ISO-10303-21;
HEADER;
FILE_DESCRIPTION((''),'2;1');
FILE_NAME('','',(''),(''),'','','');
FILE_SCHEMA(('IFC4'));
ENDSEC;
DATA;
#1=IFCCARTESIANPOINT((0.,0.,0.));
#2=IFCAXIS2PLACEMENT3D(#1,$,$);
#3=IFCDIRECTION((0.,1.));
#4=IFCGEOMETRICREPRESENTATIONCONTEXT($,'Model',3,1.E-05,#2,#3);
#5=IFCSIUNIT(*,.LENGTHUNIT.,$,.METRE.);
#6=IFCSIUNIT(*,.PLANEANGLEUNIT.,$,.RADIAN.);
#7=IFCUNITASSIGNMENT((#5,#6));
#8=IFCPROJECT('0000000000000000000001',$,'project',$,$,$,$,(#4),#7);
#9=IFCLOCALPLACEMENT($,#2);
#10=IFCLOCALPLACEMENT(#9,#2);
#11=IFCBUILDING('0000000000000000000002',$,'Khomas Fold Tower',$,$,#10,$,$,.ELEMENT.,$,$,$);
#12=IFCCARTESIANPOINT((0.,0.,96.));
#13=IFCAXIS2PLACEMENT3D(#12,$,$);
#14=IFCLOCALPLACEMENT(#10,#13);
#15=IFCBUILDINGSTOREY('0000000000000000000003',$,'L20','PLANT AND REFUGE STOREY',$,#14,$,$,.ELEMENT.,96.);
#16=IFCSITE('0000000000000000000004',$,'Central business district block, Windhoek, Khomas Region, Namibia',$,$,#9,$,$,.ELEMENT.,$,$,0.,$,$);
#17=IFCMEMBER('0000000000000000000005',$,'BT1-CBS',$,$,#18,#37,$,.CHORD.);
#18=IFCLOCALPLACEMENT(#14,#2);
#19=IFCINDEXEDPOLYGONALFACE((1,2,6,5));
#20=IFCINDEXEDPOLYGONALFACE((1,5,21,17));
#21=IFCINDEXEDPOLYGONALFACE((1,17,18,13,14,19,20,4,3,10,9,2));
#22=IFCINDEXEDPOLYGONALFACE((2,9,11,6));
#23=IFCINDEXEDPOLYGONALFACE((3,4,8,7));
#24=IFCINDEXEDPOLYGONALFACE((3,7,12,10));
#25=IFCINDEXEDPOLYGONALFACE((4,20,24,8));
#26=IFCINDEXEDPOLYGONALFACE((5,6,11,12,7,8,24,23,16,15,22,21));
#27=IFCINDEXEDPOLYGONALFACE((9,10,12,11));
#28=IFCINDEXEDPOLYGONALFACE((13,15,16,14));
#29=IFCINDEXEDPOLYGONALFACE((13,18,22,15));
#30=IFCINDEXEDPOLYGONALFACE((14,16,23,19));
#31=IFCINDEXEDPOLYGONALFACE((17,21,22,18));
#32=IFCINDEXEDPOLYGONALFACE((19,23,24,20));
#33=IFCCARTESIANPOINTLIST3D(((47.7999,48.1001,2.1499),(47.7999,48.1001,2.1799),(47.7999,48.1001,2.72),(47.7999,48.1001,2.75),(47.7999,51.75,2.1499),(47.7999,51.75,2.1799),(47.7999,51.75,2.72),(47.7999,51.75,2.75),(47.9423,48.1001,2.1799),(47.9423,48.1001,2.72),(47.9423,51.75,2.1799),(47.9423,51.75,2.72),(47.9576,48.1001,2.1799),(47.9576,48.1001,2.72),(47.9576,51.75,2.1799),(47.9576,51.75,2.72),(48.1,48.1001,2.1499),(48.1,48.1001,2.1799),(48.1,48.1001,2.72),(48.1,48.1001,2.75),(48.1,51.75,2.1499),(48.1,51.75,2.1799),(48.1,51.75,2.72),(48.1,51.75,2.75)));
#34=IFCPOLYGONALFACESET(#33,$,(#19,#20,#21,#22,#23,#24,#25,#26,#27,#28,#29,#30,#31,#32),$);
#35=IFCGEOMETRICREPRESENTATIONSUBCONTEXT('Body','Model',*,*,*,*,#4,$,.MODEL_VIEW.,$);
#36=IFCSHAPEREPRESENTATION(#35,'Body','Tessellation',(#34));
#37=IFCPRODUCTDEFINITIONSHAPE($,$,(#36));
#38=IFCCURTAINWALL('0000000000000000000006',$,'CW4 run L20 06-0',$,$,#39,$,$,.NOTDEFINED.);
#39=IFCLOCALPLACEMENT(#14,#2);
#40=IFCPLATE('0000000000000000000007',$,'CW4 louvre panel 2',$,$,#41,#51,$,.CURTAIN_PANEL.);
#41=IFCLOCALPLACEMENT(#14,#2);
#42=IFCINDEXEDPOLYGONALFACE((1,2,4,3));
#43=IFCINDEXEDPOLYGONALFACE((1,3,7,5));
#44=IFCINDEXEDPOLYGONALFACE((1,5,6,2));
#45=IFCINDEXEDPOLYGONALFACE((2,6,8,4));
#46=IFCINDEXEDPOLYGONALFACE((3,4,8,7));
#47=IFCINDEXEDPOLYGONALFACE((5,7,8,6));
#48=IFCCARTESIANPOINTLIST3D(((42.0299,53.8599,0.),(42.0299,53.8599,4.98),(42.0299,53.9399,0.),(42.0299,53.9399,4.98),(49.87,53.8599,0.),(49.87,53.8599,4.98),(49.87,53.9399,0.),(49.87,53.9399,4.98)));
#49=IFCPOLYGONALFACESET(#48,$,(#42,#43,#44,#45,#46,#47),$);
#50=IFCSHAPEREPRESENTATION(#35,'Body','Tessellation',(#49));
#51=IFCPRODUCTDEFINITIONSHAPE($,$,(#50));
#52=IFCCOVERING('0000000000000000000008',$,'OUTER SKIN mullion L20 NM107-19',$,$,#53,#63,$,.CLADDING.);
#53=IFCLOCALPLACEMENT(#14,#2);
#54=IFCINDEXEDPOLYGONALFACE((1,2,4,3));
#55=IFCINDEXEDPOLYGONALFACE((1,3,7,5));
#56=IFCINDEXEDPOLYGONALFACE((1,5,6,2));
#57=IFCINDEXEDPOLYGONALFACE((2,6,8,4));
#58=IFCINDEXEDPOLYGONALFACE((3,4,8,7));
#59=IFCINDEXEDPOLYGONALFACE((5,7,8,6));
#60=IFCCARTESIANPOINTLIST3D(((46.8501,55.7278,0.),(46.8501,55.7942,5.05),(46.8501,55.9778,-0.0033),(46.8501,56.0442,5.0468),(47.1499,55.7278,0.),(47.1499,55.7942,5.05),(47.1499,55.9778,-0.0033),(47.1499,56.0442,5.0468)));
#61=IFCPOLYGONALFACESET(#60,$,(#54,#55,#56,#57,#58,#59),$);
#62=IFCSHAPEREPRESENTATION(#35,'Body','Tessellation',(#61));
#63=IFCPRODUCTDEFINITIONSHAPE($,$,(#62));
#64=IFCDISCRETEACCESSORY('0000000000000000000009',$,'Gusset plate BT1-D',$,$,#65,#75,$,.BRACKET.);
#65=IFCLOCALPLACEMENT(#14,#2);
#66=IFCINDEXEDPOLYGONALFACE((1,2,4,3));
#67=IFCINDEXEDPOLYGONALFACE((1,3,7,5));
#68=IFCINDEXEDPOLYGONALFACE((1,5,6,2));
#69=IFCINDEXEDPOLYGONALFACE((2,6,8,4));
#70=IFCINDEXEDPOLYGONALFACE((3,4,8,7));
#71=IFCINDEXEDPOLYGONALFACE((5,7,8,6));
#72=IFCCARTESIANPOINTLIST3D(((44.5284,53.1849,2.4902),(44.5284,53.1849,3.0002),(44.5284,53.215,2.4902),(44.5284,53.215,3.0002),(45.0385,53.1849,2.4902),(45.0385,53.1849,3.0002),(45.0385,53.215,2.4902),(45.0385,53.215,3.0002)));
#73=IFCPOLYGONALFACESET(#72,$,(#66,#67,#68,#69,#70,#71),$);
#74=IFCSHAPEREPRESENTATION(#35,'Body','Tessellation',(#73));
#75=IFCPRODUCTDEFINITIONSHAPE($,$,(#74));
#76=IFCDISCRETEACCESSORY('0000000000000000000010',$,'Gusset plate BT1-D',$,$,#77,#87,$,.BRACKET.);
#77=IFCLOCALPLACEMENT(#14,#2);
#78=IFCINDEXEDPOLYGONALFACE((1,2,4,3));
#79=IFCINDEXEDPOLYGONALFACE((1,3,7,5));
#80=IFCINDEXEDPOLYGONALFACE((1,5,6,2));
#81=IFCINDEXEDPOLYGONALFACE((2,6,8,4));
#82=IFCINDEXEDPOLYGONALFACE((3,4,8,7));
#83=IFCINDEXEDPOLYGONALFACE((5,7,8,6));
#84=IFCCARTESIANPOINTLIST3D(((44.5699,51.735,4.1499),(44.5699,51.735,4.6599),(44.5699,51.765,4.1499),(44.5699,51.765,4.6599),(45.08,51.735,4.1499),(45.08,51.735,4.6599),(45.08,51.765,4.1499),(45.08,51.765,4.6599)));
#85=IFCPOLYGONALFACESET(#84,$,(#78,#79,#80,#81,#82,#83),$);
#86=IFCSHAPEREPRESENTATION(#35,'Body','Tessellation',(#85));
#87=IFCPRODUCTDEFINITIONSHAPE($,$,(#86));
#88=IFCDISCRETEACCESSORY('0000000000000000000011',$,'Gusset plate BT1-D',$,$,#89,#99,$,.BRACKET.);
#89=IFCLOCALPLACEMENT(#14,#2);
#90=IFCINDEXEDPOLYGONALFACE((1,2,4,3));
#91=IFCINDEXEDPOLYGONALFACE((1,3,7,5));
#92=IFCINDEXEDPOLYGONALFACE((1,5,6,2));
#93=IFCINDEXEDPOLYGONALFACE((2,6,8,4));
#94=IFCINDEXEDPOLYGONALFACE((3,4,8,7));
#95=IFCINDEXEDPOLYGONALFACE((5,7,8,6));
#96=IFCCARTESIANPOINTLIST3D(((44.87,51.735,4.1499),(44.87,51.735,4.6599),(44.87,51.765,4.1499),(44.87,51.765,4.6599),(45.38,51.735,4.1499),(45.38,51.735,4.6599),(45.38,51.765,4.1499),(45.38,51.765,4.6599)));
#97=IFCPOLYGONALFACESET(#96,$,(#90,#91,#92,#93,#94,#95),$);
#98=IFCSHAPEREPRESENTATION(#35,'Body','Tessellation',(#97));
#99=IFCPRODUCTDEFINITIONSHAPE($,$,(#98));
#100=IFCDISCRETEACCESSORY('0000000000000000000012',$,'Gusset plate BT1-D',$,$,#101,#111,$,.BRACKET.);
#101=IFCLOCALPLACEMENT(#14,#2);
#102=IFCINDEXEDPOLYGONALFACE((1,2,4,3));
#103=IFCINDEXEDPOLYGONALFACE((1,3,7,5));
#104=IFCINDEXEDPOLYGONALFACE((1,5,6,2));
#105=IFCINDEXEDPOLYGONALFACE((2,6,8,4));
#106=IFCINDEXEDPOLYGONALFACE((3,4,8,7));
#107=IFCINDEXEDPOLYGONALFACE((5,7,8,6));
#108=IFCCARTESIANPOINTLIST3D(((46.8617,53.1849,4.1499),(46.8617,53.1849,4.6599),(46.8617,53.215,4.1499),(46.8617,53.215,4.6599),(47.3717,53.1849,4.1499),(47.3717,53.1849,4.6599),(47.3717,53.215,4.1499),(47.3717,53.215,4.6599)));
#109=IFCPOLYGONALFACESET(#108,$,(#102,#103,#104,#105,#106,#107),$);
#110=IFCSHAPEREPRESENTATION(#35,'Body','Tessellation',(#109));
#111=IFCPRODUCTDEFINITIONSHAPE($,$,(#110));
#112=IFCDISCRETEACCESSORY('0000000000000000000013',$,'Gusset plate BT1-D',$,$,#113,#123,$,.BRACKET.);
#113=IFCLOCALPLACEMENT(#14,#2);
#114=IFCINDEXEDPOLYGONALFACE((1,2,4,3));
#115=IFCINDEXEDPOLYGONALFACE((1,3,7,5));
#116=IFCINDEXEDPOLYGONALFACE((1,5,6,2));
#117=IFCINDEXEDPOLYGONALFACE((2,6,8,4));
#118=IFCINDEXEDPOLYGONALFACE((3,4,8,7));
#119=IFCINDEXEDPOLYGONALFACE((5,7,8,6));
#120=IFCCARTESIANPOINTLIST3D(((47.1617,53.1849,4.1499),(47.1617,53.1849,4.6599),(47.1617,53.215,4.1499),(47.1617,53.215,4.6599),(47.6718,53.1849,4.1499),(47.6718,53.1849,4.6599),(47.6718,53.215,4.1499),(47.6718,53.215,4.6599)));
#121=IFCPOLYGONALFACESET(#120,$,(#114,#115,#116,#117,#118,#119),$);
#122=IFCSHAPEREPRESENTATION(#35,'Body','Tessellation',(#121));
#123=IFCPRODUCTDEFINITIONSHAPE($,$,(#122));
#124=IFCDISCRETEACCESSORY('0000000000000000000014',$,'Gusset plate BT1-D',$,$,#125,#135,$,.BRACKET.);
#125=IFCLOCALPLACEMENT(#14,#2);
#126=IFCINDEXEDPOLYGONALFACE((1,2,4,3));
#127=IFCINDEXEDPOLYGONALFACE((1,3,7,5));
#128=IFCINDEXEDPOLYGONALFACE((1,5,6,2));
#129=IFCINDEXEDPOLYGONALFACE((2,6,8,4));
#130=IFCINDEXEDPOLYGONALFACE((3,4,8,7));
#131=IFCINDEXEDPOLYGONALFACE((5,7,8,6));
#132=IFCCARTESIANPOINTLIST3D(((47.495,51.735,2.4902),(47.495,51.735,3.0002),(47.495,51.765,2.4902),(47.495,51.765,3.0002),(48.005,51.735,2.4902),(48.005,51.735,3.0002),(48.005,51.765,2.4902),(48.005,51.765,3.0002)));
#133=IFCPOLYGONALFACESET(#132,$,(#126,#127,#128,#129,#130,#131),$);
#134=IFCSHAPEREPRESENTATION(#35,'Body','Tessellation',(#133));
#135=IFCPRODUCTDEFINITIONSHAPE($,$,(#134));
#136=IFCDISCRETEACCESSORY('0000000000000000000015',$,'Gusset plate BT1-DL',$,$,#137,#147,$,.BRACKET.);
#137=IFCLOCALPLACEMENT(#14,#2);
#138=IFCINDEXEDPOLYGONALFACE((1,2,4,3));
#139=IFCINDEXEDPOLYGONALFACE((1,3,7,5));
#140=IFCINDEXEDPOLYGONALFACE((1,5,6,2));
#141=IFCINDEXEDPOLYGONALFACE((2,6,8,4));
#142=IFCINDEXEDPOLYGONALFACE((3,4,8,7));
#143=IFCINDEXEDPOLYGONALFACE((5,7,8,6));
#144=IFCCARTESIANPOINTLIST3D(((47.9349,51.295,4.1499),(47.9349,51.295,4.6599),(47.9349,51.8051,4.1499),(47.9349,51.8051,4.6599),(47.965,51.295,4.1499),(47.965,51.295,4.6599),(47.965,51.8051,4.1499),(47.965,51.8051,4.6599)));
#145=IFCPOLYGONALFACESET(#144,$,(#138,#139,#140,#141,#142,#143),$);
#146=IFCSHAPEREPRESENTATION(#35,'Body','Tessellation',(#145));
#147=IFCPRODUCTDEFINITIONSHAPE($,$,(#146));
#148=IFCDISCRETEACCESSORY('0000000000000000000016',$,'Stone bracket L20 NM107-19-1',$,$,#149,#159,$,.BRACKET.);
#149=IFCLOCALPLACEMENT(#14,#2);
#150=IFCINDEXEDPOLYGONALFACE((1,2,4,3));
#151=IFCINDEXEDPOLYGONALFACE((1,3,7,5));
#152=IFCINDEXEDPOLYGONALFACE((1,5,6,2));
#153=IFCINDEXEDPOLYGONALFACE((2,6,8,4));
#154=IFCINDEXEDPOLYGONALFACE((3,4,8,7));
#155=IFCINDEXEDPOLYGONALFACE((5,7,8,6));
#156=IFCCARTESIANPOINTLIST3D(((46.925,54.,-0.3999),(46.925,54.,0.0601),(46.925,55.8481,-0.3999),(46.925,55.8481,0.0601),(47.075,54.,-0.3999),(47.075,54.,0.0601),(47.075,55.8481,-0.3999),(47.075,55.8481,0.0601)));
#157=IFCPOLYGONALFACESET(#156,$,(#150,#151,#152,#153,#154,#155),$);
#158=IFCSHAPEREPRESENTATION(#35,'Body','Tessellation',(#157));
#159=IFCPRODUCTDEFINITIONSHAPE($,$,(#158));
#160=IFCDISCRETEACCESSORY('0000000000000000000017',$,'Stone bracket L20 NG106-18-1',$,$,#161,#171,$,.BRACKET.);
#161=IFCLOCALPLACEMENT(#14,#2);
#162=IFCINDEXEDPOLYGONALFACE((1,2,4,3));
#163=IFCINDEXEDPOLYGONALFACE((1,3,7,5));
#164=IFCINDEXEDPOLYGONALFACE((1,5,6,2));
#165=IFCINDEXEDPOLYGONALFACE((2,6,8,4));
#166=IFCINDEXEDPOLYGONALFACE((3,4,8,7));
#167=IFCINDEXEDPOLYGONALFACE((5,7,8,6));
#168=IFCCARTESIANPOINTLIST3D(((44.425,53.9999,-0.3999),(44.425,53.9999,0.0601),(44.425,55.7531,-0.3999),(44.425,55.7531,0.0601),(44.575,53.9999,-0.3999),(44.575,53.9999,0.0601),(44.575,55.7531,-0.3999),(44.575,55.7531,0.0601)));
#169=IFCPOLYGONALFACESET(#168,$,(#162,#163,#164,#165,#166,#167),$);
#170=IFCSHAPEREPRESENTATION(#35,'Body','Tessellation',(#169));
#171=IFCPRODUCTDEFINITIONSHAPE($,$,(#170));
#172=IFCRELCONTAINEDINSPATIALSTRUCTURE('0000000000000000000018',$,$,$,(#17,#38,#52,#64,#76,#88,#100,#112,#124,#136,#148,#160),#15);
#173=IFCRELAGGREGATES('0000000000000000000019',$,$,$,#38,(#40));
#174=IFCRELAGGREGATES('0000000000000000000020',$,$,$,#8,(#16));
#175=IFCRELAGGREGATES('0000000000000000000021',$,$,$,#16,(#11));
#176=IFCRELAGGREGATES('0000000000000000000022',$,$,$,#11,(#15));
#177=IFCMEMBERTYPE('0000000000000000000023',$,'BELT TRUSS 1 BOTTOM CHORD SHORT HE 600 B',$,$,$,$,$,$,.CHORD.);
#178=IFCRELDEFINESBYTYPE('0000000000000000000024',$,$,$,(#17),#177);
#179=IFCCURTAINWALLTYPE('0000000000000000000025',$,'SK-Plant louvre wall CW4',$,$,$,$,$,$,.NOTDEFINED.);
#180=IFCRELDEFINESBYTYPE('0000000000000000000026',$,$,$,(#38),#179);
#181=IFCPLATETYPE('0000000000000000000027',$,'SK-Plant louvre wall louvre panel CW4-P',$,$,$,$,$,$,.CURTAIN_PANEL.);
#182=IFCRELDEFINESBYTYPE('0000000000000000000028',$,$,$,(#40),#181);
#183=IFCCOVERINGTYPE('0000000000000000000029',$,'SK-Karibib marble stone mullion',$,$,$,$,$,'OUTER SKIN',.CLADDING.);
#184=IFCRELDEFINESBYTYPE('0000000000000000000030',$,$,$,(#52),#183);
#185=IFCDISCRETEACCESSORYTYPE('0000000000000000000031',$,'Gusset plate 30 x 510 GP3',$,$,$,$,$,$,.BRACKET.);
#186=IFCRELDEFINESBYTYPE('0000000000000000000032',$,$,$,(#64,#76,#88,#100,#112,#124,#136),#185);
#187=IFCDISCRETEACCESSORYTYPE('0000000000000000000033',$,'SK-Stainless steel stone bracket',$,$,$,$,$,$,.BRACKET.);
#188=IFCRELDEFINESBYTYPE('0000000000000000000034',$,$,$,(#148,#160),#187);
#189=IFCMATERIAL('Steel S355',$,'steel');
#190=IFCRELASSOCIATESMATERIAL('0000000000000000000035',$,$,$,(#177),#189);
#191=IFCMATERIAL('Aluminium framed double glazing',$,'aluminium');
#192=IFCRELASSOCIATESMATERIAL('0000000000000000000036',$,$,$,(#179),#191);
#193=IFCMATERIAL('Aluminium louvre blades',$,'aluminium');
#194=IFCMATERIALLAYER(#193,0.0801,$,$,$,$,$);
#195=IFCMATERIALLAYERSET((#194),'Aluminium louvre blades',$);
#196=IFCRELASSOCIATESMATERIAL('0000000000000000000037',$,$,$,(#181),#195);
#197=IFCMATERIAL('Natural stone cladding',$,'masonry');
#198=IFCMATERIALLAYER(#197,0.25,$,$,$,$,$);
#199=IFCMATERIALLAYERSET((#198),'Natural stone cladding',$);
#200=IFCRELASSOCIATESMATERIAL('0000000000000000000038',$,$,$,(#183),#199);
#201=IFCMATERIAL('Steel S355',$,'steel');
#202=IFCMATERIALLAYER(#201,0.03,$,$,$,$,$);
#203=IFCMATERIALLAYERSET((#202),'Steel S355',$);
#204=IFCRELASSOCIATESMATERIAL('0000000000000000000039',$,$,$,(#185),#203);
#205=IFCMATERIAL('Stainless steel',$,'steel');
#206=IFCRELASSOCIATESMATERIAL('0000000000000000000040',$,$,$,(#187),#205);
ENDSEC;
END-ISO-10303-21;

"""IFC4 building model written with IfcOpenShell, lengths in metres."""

from ifc_helpers import new_model, si_unit, direction, frame, origin, origin_2d, place, context, subcontext, project, spatial, polyline, rectangle, i_section, outline, extrude, source, transform, mapped, material, layer, layer_set, material_profile, profile_set, type_object, element, aggregate, save


model = new_model("IFC4")

# Units and contexts
model_context = context("Model", 3, precision=1e-05, world=origin(), true_north=direction((0.0, 1.0)))
body_context = subcontext(model_context, "Body", "Model", "MODEL_VIEW")
ifc_project = project(units=[si_unit("LENGTHUNIT", "METRE"), si_unit("PLANEANGLEUNIT", "RADIAN")], contexts=[model_context])

# Site, building, storey
site_placement = place(None, origin())
site = spatial("IfcSite", under=ifc_project, at=site_placement, Name="Central business district block, Windhoek, Khomas Region, Namibia", CompositionType="ELEMENT", RefElevation=0.0)
building_placement = place(site_placement, origin())
building = spatial("IfcBuilding", under=site, at=building_placement, Name="Khomas Fold Tower", CompositionType="ELEMENT")
storey_placement = place(building_placement, frame((0.0, 0.0, 96.0)))
storey = spatial("IfcBuildingStorey", under=building, at=storey_placement, Name="L20", Description="PLANT AND REFUGE STOREY", CompositionType="ELEMENT", Elevation=96.0)

# Member
ifc_material_1 = material(Name="Steel S355", Category="steel")
ifc_material_profile_1 = material_profile(ifc_material_1, i_section(OverallWidth=0.3, OverallDepth=0.6001, WebThickness=0.0154, FlangeThickness=0.03, at=origin_2d()), Name="HE 600 B")
ifc_profile_set_1 = profile_set([ifc_material_profile_1], Name="Steel S355")
member_type_1 = type_object("IfcMemberType", Name="BELT TRUSS 1 BOTTOM CHORD SHORT HE 600 B", PredefinedType="CHORD", material=ifc_profile_set_1)
shared_shape_1 = source(origin(), body_context, "Body", "SweptSolid", [
    extrude(i_section(OverallWidth=0.3, OverallDepth=0.6001, WebThickness=0.0154, FlangeThickness=0.03, at=origin_2d()), origin(), (0.0, 0.0, 1.0), 3.6499),
])
member_1_placement = place(storey_placement, frame((47.95, 51.75, 2.45), z_axis=(0.0, -1.0, 0.0), x_axis=(1.0, 0.0, 0.0)))
element("IfcMember", 1, at=member_1_placement, inside=storey, type_object=member_type_1, Name="BT1-CBS", PredefinedType="CHORD", context=body_context, shape_type="MappedRepresentation", body=[
    mapped(shared_shape_1, transform((0.0, 0.0, 0.0))),
])

# Curtain wall, plate
ifc_material_2 = material(Name="Aluminium framed double glazing", Category="aluminium")
curtain_wall_type = type_object("IfcCurtainWallType", Name="SK-Plant louvre wall CW4", PredefinedType="NOTDEFINED", material=ifc_material_2)
curtain_wall_placement = place(storey_placement, origin())
curtain_wall = element("IfcCurtainWall", 2, at=curtain_wall_placement, inside=storey, type_object=curtain_wall_type, Name="CW4 run L20 06-0", PredefinedType="NOTDEFINED")
ifc_material_3 = material(Name="Aluminium louvre blades", Category="aluminium")
ifc_layer_1 = layer(ifc_material_3, 0.0801)
ifc_layer_set_1 = layer_set([ifc_layer_1], Name="Aluminium louvre blades")
plate_type = type_object("IfcPlateType", Name="SK-Plant louvre wall louvre panel CW4-P", PredefinedType="CURTAIN_PANEL", material=ifc_layer_set_1)
shared_shape_2 = source(origin(), body_context, "Body", "SweptSolid", [
    extrude(rectangle(XDim=7.8401, YDim=0.0801, at=origin_2d()), origin(), (0.0, 0.0, 1.0), 4.98),
])
plate_placement = place(storey_placement, frame((45.95, 53.8999, 0.0), z_axis=(0.0, 0.0, 1.0), x_axis=(-1.0, 0.0, 0.0)))
plate = element("IfcPlate", 3, at=plate_placement, type_object=plate_type, Name="CW4 louvre panel 2", PredefinedType="CURTAIN_PANEL", context=body_context, shape_type="MappedRepresentation", body=[
    mapped(shared_shape_2, transform((0.0, 0.0, 0.0))),
])
aggregate(curtain_wall, [plate])

# Covering
ifc_material_4 = material(Name="Natural stone cladding", Category="masonry")
ifc_layer_2 = layer(ifc_material_4, 0.25)
ifc_layer_set_2 = layer_set([ifc_layer_2], Name="Natural stone cladding")
covering_type = type_object("IfcCoveringType", Name="SK-Karibib marble stone mullion", ElementType="OUTER SKIN", PredefinedType="CLADDING", material=ifc_layer_set_2)
covering_placement = place(storey_placement, frame((46.8501, 55.7278, 0.0), z_axis=(0.0, -0.999914, 0.013148), x_axis=(0.0, 0.013148, 0.999914)))
element("IfcCovering", 4, at=covering_placement, inside=storey, type_object=covering_type, Name="OUTER SKIN mullion L20 NM107-19", PredefinedType="CLADDING", context=body_context, shape_type="SweptSolid", body=[
    extrude(outline(polyline([(0.0, 0.0), (5.0505, 0.0), (5.0505, -0.2998), (0.0, -0.2998), (0.0, 0.0)])), origin(), (0.0, 0.0, -1.0), 0.25),
])

# Discrete accessories
ifc_material_5 = material(Name="Steel S355", Category="steel")
ifc_layer_3 = layer(ifc_material_5, 0.03)
ifc_layer_set_3 = layer_set([ifc_layer_3], Name="Steel S355")
discrete_accessory_type_1 = type_object("IfcDiscreteAccessoryType", Name="Gusset plate 30 x 510 GP3", PredefinedType="BRACKET", material=ifc_layer_set_3)
shared_shape_3 = source(origin(), body_context, "Body", "SweptSolid", [
    extrude(rectangle(XDim=0.51, YDim=0.03, at=origin_2d()), origin(), (0.0, 0.0, 1.0), 0.51),
])
for number, where, z_axis, x_axis, name in (
    (5, (44.7834, 53.2, 2.4902), (0.0, 0.0, 1.0), (1.0, 0.0, 0.0), "Gusset plate BT1-D"),
    (6, (44.825, 51.75, 4.1499), (0.0, 0.0, 1.0), (1.0, 0.0, 0.0), "Gusset plate BT1-D"),
    (7, (45.125, 51.75, 4.1499), (0.0, 0.0, 1.0), (1.0, 0.0, 0.0), "Gusset plate BT1-D"),
    (8, (47.1167, 53.2, 4.1499), (0.0, 0.0, 1.0), (1.0, 0.0, 0.0), "Gusset plate BT1-D"),
    (9, (47.4167, 53.2, 4.1499), (0.0, 0.0, 1.0), (1.0, 0.0, 0.0), "Gusset plate BT1-D"),
    (10, (47.75, 51.75, 2.4902), (0.0, 0.0, 1.0), (1.0, 0.0, 0.0), "Gusset plate BT1-D"),
    (11, (47.95, 51.55, 4.1499), (0.0, 0.0, 1.0), (0.0, 1.0, 0.0), "Gusset plate BT1-DL"),
):
    element("IfcDiscreteAccessory", number, at=place(storey_placement, frame(where, z_axis=z_axis, x_axis=x_axis)), inside=storey, type_object=discrete_accessory_type_1, Name=name, PredefinedType="BRACKET", context=body_context, shape_type="MappedRepresentation", body=[
        mapped(shared_shape_3, transform((0.0, 0.0, 0.0))),
    ])
ifc_material_6 = material(Name="Stainless steel", Category="steel")
discrete_accessory_type_2 = type_object("IfcDiscreteAccessoryType", Name="SK-Stainless steel stone bracket", PredefinedType="BRACKET", material=ifc_material_6)
shared_shape_4 = source(origin(), body_context, "Body", "SweptSolid", [
    extrude(rectangle(XDim=1.8481, YDim=0.1499, at=origin_2d()), origin(), (0.0, 0.0, 1.0), 0.46),
])
discrete_accessory_1_placement = place(storey_placement, frame((47.0, 54.9241, -0.3999), z_axis=(0.0, 0.0, 1.0), x_axis=(0.0, 1.0, 0.0)))
element("IfcDiscreteAccessory", 12, at=discrete_accessory_1_placement, inside=storey, type_object=discrete_accessory_type_2, Name="Stone bracket L20 NM107-19-1", PredefinedType="BRACKET", context=body_context, shape_type="MappedRepresentation", body=[
    mapped(shared_shape_4, transform((0.0, 0.0, 0.0))),
])
shared_shape_5 = source(origin(), body_context, "Body", "SweptSolid", [
    extrude(rectangle(XDim=1.7532, YDim=0.1499, at=origin_2d()), origin(), (0.0, 0.0, 1.0), 0.46),
])
discrete_accessory_2_placement = place(storey_placement, frame((44.5, 54.8765, -0.3999), z_axis=(0.0, 0.0, 1.0), x_axis=(0.0, 1.0, 0.0)))
element("IfcDiscreteAccessory", 13, at=discrete_accessory_2_placement, inside=storey, type_object=discrete_accessory_type_2, Name="Stone bracket L20 NG106-18-1", PredefinedType="BRACKET", context=body_context, shape_type="MappedRepresentation", body=[
    mapped(shared_shape_5, transform((0.0, 0.0, 0.0))),
])

save(model, "model.ifc")
